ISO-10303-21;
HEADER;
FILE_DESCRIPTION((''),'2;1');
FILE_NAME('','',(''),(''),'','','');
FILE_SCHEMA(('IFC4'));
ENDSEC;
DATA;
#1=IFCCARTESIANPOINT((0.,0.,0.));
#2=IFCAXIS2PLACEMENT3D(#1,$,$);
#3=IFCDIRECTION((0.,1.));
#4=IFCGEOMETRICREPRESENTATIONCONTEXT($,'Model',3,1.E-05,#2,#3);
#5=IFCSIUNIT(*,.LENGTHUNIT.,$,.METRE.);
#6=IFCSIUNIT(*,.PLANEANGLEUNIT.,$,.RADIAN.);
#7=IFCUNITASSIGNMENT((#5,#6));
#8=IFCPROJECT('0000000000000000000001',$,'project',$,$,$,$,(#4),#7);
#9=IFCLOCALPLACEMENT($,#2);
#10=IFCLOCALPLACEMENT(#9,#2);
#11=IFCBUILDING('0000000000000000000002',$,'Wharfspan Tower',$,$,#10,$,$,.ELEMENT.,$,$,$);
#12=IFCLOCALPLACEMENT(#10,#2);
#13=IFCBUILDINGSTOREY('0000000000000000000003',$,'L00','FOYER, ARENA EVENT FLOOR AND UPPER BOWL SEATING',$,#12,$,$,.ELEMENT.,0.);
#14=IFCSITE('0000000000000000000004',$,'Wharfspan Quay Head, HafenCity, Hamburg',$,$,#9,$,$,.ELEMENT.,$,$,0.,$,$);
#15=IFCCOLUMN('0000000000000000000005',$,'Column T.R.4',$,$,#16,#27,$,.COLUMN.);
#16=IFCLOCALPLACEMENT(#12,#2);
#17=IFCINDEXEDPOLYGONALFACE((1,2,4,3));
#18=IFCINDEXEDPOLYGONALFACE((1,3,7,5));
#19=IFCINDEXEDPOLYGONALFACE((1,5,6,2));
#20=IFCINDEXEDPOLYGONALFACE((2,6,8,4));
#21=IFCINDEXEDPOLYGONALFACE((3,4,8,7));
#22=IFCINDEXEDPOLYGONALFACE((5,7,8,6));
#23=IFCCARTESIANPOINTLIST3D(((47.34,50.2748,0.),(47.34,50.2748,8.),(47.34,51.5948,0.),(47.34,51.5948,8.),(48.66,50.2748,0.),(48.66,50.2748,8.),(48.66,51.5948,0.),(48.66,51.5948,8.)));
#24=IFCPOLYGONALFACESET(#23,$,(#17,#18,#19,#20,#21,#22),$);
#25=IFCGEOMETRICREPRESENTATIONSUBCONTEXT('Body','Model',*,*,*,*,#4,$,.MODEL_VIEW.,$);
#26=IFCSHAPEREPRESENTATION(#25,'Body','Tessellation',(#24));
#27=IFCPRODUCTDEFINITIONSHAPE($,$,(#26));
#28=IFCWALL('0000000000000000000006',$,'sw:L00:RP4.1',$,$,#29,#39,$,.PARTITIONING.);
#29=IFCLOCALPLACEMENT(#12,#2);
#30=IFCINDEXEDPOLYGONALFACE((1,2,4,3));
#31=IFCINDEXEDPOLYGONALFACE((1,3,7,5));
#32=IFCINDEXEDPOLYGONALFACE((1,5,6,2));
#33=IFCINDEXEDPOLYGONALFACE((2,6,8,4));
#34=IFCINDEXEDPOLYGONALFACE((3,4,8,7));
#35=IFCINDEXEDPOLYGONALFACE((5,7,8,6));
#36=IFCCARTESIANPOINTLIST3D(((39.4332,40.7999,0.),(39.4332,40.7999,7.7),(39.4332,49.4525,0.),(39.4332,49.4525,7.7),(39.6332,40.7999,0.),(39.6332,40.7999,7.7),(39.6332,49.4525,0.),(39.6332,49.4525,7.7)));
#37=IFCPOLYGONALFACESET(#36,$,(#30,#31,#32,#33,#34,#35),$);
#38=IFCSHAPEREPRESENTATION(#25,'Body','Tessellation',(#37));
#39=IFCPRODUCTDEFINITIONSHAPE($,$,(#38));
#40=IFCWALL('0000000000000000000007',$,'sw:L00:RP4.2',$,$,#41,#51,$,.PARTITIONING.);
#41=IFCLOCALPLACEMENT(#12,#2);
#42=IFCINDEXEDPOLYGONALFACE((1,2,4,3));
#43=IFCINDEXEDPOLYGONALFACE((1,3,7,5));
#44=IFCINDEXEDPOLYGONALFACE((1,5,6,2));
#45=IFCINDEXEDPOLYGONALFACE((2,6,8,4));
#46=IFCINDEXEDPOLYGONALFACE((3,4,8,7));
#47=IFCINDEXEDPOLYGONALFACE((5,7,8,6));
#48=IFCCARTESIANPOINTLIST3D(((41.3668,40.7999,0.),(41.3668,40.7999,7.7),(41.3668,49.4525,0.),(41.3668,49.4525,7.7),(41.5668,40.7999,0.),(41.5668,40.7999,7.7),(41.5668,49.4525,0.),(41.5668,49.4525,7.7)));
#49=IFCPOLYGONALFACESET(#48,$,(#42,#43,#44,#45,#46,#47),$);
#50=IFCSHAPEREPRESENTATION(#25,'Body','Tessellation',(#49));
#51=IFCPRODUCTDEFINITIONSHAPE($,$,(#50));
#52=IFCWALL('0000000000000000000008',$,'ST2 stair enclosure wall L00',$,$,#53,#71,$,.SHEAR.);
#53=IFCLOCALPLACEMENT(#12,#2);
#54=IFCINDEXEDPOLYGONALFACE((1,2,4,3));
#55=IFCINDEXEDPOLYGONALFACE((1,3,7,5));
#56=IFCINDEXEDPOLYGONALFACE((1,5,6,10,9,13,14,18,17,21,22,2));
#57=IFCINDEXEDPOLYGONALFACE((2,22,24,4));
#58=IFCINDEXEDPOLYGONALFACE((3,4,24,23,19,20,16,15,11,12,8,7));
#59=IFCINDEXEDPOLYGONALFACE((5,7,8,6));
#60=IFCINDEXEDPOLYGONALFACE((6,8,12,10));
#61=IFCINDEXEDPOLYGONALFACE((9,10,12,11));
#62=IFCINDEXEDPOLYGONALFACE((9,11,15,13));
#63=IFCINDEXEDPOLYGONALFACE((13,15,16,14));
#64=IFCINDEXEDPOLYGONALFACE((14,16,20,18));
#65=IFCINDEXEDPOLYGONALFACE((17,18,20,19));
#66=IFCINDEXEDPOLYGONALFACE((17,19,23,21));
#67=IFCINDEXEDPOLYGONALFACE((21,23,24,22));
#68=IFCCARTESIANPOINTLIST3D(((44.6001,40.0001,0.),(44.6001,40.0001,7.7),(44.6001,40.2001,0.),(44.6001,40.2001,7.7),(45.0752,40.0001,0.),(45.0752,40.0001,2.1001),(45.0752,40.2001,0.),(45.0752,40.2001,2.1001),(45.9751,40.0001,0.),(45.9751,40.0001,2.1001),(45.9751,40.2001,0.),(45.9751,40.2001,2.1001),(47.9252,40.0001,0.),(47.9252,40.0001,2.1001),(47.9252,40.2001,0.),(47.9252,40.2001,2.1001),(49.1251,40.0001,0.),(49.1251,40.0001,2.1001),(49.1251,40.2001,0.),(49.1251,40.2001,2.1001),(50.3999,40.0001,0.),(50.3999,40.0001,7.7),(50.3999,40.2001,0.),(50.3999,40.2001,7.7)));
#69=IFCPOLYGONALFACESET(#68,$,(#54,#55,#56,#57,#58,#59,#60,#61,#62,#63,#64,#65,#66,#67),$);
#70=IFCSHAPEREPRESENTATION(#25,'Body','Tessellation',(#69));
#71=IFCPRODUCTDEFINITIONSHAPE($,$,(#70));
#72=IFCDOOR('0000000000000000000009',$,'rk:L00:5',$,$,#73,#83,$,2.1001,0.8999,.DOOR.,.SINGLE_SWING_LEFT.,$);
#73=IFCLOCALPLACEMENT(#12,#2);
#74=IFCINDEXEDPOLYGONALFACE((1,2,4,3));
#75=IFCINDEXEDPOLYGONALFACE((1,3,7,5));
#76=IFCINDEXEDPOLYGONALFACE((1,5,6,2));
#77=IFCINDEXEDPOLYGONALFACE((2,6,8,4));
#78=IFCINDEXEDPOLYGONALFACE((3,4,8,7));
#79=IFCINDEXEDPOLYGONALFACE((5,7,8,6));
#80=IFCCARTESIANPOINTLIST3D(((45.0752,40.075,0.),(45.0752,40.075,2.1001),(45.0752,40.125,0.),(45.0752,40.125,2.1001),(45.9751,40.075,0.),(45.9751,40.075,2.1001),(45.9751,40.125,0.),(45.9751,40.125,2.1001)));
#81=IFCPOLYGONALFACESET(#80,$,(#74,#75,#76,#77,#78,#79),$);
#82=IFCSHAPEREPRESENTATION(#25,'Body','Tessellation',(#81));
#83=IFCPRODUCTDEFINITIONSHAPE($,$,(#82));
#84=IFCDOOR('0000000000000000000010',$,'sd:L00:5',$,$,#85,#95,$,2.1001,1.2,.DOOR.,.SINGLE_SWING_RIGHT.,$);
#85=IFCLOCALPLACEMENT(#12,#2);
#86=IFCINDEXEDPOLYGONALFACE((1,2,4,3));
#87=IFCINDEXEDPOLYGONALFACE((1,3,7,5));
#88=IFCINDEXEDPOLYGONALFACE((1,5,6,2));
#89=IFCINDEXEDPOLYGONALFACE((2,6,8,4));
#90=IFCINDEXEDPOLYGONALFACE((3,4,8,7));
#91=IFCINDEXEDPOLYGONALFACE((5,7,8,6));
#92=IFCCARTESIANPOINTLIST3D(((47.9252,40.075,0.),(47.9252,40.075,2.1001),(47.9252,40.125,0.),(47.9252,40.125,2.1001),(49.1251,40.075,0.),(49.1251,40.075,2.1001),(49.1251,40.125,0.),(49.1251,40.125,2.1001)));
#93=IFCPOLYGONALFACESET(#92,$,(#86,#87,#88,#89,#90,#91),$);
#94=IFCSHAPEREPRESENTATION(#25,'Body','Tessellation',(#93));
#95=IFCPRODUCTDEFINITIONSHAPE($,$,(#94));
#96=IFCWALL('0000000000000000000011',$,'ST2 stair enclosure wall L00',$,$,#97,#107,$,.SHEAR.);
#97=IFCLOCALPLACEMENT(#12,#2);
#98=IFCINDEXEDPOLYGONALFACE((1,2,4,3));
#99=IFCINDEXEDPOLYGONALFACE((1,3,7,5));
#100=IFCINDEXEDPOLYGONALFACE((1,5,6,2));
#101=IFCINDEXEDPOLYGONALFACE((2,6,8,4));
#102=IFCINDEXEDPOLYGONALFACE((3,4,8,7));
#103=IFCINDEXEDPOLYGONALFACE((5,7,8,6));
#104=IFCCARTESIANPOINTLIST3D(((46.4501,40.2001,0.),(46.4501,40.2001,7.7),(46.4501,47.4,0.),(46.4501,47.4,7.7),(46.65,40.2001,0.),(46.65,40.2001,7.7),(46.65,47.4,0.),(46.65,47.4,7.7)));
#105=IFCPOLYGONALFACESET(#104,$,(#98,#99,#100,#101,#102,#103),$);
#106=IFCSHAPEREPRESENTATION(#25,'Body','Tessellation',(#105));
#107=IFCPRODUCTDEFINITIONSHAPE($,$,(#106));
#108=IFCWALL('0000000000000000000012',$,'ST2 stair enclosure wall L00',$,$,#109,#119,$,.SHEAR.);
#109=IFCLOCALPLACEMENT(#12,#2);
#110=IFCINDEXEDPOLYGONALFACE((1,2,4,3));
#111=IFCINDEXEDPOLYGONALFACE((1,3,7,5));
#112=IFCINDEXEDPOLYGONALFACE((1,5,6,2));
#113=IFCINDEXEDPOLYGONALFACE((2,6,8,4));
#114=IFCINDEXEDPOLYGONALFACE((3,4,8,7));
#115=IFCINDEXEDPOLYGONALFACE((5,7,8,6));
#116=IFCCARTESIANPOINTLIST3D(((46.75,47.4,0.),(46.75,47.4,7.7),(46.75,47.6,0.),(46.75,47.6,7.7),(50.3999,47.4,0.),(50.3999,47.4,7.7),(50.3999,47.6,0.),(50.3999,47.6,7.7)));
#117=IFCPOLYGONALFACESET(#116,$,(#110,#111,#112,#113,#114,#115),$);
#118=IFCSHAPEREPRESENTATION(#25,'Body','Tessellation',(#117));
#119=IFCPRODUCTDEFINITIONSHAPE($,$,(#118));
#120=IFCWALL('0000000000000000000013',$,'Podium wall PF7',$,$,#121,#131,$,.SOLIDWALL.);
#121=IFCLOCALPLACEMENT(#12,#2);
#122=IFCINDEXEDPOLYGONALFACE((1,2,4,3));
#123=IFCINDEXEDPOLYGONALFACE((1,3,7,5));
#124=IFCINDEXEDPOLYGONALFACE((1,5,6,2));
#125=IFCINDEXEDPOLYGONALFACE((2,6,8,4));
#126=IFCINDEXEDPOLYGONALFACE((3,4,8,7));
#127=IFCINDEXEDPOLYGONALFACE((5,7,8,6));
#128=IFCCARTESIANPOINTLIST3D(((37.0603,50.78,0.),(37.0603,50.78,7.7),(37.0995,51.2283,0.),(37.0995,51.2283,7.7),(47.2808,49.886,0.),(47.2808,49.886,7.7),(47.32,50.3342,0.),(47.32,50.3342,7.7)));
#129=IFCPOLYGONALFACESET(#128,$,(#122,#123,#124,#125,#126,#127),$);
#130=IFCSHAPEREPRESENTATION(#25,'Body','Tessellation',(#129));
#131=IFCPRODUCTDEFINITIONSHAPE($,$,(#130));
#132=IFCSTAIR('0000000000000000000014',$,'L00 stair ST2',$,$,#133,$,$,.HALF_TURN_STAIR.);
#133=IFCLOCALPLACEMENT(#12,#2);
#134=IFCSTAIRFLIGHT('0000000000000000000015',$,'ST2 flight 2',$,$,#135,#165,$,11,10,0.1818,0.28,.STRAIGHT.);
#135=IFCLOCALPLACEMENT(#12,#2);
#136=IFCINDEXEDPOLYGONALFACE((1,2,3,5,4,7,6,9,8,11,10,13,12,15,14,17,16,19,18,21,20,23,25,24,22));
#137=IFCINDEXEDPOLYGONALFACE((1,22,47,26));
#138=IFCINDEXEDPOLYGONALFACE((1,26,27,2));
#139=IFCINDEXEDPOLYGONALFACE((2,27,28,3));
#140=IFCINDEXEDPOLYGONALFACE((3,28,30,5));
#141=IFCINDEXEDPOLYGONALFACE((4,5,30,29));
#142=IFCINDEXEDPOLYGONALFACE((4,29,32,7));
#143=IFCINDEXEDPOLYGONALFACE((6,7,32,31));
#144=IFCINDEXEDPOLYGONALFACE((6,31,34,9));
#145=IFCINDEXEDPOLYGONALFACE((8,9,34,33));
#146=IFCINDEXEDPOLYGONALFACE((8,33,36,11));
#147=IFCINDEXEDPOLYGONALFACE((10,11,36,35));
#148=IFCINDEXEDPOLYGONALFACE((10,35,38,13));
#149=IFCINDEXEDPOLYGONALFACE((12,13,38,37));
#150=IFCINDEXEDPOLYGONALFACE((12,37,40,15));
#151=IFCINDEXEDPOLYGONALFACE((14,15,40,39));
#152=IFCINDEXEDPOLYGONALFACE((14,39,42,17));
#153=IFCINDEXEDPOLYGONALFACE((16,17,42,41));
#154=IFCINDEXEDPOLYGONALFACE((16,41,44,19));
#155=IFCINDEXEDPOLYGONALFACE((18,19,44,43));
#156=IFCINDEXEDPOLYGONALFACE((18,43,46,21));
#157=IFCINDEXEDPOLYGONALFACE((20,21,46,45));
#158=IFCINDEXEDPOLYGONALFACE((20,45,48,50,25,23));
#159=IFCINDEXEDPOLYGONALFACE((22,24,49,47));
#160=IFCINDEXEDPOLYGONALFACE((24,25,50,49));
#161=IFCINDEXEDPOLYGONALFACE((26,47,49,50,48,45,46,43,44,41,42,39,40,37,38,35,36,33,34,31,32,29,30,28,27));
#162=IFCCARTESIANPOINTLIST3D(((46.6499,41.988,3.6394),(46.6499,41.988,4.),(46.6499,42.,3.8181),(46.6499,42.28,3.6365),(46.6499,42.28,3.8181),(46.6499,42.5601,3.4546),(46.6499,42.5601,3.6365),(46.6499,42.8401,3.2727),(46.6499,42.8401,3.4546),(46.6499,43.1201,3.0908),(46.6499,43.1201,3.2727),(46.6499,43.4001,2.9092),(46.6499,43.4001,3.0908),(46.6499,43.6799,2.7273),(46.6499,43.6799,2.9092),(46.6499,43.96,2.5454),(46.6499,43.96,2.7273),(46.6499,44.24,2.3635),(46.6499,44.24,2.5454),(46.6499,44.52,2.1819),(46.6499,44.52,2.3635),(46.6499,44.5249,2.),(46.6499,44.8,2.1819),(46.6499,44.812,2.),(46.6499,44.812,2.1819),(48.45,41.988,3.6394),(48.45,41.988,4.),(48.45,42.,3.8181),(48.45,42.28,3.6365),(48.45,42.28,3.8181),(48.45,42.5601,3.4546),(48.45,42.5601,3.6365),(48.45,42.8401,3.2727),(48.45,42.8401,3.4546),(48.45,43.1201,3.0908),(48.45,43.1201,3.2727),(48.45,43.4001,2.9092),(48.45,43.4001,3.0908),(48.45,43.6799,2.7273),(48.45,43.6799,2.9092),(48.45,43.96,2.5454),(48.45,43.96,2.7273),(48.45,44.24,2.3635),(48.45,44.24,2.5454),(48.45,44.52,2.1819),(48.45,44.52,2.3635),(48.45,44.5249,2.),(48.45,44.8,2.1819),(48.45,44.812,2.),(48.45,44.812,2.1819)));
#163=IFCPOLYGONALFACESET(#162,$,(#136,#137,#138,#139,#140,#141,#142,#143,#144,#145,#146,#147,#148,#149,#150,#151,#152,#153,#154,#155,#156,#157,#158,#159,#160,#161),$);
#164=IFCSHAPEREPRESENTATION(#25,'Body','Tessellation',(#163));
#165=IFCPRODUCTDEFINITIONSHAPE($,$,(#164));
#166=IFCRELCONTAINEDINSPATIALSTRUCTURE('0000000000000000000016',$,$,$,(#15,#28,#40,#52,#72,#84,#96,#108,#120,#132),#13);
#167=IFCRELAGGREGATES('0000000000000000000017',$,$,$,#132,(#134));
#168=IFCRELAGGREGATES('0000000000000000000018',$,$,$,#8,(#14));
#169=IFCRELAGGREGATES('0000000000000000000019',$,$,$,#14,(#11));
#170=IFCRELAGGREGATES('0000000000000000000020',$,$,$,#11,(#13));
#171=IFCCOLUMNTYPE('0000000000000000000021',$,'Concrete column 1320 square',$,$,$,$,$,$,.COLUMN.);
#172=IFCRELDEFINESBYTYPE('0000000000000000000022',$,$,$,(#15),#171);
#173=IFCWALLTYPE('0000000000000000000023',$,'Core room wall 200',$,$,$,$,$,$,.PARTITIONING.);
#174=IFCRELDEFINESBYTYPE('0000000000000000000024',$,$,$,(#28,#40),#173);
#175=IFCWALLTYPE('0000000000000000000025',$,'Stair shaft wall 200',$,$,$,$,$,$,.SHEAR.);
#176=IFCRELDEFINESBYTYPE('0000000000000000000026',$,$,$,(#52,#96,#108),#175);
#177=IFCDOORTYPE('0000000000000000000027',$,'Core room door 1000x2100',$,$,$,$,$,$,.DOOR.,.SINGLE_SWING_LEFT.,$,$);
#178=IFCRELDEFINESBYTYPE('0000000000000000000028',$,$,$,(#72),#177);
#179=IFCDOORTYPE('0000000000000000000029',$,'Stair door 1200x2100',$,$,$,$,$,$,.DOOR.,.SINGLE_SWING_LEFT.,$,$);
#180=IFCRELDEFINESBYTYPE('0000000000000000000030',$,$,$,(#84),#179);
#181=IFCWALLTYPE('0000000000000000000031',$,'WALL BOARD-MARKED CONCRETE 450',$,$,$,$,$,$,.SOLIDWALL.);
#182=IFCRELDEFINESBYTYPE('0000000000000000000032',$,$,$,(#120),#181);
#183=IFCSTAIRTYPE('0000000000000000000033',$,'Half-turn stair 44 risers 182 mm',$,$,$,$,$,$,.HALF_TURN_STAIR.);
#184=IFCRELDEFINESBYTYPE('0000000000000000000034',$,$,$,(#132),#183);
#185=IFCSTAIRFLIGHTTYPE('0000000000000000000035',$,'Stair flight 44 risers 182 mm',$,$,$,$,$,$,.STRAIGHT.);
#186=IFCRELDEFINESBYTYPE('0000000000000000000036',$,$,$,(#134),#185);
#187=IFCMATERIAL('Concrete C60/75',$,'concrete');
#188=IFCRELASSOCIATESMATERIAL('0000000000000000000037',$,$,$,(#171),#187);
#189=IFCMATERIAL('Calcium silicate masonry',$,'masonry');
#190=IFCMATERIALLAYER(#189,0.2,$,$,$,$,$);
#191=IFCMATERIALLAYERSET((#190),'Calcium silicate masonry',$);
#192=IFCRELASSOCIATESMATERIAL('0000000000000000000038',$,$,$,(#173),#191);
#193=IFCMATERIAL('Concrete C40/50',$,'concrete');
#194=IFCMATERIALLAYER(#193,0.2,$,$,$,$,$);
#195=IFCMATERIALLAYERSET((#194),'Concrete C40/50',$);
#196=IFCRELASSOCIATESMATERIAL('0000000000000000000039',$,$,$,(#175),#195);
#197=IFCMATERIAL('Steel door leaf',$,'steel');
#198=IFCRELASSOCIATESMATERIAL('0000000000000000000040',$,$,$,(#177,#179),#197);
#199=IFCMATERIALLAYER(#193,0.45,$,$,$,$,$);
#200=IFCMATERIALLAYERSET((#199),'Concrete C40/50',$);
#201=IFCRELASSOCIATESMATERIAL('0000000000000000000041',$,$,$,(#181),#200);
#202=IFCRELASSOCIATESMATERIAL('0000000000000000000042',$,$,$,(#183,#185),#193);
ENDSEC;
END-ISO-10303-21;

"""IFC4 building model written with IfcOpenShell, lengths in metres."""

from ifc_helpers import new_model, si_unit, direction, frame, frame_2d, origin, origin_2d, place, context, subcontext, project, spatial, polyline, rectangle, outline, extrude, material, layer, layer_set, material_profile, profile_set, type_object, element, fill, aggregate, save


model = new_model("IFC4")

# Units and contexts
model_context = context("Model", 3, precision=1e-05, world=origin(), true_north=direction((0.0, 1.0)))
body_context = subcontext(model_context, "Body", "Model", "MODEL_VIEW")
ifc_project = project(units=[si_unit("LENGTHUNIT", "METRE"), si_unit("PLANEANGLEUNIT", "RADIAN")], contexts=[model_context])

# Site, building, storey
site_placement = place(None, origin())
site = spatial("IfcSite", under=ifc_project, at=site_placement, Name="Wharfspan Quay Head, HafenCity, Hamburg", CompositionType="ELEMENT", RefElevation=0.0)
building_placement = place(site_placement, origin())
building = spatial("IfcBuilding", under=site, at=building_placement, Name="Wharfspan Tower", CompositionType="ELEMENT")
storey_placement = place(building_placement, origin())
storey = spatial("IfcBuildingStorey", under=building, at=storey_placement, Name="L00", Description="FOYER, ARENA EVENT FLOOR AND UPPER BOWL SEATING", CompositionType="ELEMENT", Elevation=0.0)

# Column
ifc_material_1 = material(Name="Concrete C60/75", Category="concrete")
ifc_material_profile = material_profile(ifc_material_1, rectangle(XDim=1.3201, YDim=1.3201, at=origin_2d()))
ifc_profile_set = profile_set([ifc_material_profile], Name="Concrete C60/75")
column_type = type_object("IfcColumnType", Name="Concrete column 1320 square", PredefinedType="COLUMN", material=ifc_profile_set)
column_placement = place(storey_placement, frame((48.0, 50.9348, 0.0), z_axis=(0.0, 0.0, 1.0), x_axis=(1.0, 0.0, 0.0)))
element("IfcColumn", 1, at=column_placement, inside=storey, type_object=column_type, Name="Column T.R.4", PredefinedType="COLUMN", context=body_context, shape_type="SweptSolid", body=[
    extrude(rectangle(XDim=1.3201, YDim=1.3201, at=origin_2d()), origin(), (0.0, 0.0, 1.0), 8.0),
])

# Walls
ifc_material_2 = material(Name="Calcium silicate masonry", Category="masonry")
ifc_layer_1 = layer(ifc_material_2, 0.2)
ifc_layer_set_1 = layer_set([ifc_layer_1], Name="Calcium silicate masonry")
wall_type_1 = type_object("IfcWallType", Name="Core room wall 200", PredefinedType="PARTITIONING", material=ifc_layer_set_1)
for number, where, z_axis, x_axis, name in (
    (2, (39.5332, 40.8, 0.0), (0.0, 0.0, 1.0), (0.0, 1.0, 0.0), "sw:L00:RP4.1"),
    (3, (41.4668, 40.8, 0.0), (0.0, 0.0, 1.0), (0.0, 1.0, 0.0), "sw:L00:RP4.2"),
):
    element("IfcWall", number, at=place(storey_placement, frame(where, z_axis=z_axis, x_axis=x_axis)), inside=storey, type_object=wall_type_1, Name=name, PredefinedType="PARTITIONING", context=body_context, shape_type="SweptSolid", body=[
        extrude(rectangle(XDim=8.6526, YDim=0.2, at=frame_2d((4.3262, 0.0))), origin(), (0.0, 0.0, 1.0), 7.7),
    ])

# Wall, openings, doors
ifc_material_3 = material(Name="Concrete C40/50", Category="concrete")
ifc_layer_2 = layer(ifc_material_3, 0.2)
ifc_layer_set_2 = layer_set([ifc_layer_2], Name="Concrete C40/50")
wall_type_2 = type_object("IfcWallType", Name="Stair shaft wall 200", PredefinedType="SHEAR", material=ifc_layer_set_2)
wall_1_placement = place(storey_placement, frame((44.6001, 40.1001, 0.0), z_axis=(0.0, 0.0, 1.0), x_axis=(1.0, 0.0, 0.0)))
wall_1 = element("IfcWall", 4, at=wall_1_placement, inside=storey, type_object=wall_type_2, Name="ST2 stair enclosure wall L00", PredefinedType="SHEAR", context=body_context, shape_type="SweptSolid", body=[
    extrude(rectangle(XDim=5.7998, YDim=0.2, at=frame_2d((2.8999, 0.0))), origin(), (0.0, 0.0, 1.0), 7.7),
])
opening_1_placement = place(wall_1_placement, frame((3.325, 0.0, 0.0)))
opening_1 = element("IfcOpeningElement", 5, at=opening_1_placement, cuts=wall_1, PredefinedType="OPENING", context=body_context, shape_type="SweptSolid", body=[
    extrude(rectangle(XDim=1.2, YDim=2.1001, at=frame_2d((0.6001, 1.05))), frame((0.0, 0.1099, 0.0), z_axis=(0.0, -1.0, 0.0), x_axis=(1.0, 0.0, 0.0)), (0.0, 0.0, 1.0), 0.22),
])
opening_2_placement = place(wall_1_placement, frame((0.4751, 0.0, 0.0)))
opening_2 = element("IfcOpeningElement", 6, at=opening_2_placement, cuts=wall_1, PredefinedType="OPENING", context=body_context, shape_type="SweptSolid", body=[
    extrude(rectangle(XDim=0.8999, YDim=2.1001, at=frame_2d((0.45, 1.05))), frame((0.0, 0.1099, 0.0), z_axis=(0.0, -1.0, 0.0), x_axis=(1.0, 0.0, 0.0)), (0.0, 0.0, 1.0), 0.22),
])
ifc_material_4 = material(Name="Steel door leaf", Category="steel")
door_type_1 = type_object("IfcDoorType", Name="Core room door 1000x2100", OperationType="SINGLE_SWING_LEFT", PredefinedType="DOOR", material=ifc_material_4)
door_1_placement = place(opening_2_placement, origin())
door_1 = element("IfcDoor", 7, at=door_1_placement, inside=storey, type_object=door_type_1, Name="rk:L00:5", OperationType="SINGLE_SWING_LEFT", OverallHeight=2.1001, OverallWidth=0.8999, PredefinedType="DOOR", context=body_context, shape_type="SweptSolid", body=[
    extrude(rectangle(XDim=0.8999, YDim=2.1001, at=frame_2d((0.45, 1.05))), frame((0.0, 0.0249, 0.0), z_axis=(0.0, -1.0, 0.0), x_axis=(1.0, 0.0, 0.0)), (0.0, 0.0, 1.0), 0.05),
])
fill(opening_2, door_1)
door_type_2 = type_object("IfcDoorType", Name="Stair door 1200x2100", OperationType="SINGLE_SWING_LEFT", PredefinedType="DOOR", material=ifc_material_4)
door_2_placement = place(opening_1_placement, origin())
door_2 = element("IfcDoor", 8, at=door_2_placement, inside=storey, type_object=door_type_2, Name="sd:L00:5", OperationType="SINGLE_SWING_RIGHT", OverallHeight=2.1001, OverallWidth=1.2, PredefinedType="DOOR", context=body_context, shape_type="SweptSolid", body=[
    extrude(rectangle(XDim=1.2, YDim=2.1001, at=frame_2d((0.6001, 1.05))), frame((0.0, 0.0249, 0.0), z_axis=(0.0, -1.0, 0.0), x_axis=(1.0, 0.0, 0.0)), (0.0, 0.0, 1.0), 0.05),
])
fill(opening_1, door_2)

# Walls
wall_2_placement = place(storey_placement, frame((46.55, 40.2, 0.0), z_axis=(0.0, 0.0, 1.0), x_axis=(0.0, 1.0, 0.0)))
element("IfcWall", 9, at=wall_2_placement, inside=storey, type_object=wall_type_2, Name="ST2 stair enclosure wall L00", PredefinedType="SHEAR", context=body_context, shape_type="SweptSolid", body=[
    extrude(rectangle(XDim=7.2, YDim=0.2, at=frame_2d((3.6001, 0.0))), origin(), (0.0, 0.0, 1.0), 7.7),
])
wall_3_placement = place(storey_placement, frame((46.75, 47.5, 0.0), z_axis=(0.0, 0.0, 1.0), x_axis=(1.0, 0.0, 0.0)))
element("IfcWall", 10, at=wall_3_placement, inside=storey, type_object=wall_type_2, Name="ST2 stair enclosure wall L00", PredefinedType="SHEAR", context=body_context, shape_type="SweptSolid", body=[
    extrude(rectangle(XDim=3.6499, YDim=0.2, at=frame_2d((1.825, 0.0))), origin(), (0.0, 0.0, 1.0), 7.7),
])
ifc_layer_3 = layer(ifc_material_3, 0.45)
ifc_layer_set_3 = layer_set([ifc_layer_3], Name="Concrete C40/50")
wall_type_3 = type_object("IfcWallType", Name="WALL BOARD-MARKED CONCRETE 450", PredefinedType="SOLIDWALL", material=ifc_layer_set_3)
wall_4_placement = place(storey_placement, frame((47.3005, 50.1101, 0.0), z_axis=(0.0, 0.0, 1.0), x_axis=(-0.996195, 0.087143, 0.0)))
element("IfcWall", 11, at=wall_4_placement, inside=storey, type_object=wall_type_3, Name="Podium wall PF7", PredefinedType="SOLIDWALL", context=body_context, shape_type="SweptSolid", body=[
    extrude(rectangle(XDim=10.2595, YDim=0.45, at=frame_2d((5.1299, 0.0))), origin(), (0.0, 0.0, 1.0), 7.7),
])

# Stair, stair flight
stair_type = type_object("IfcStairType", Name="Half-turn stair 44 risers 182 mm", PredefinedType="HALF_TURN_STAIR", material=ifc_material_3)
stair_placement = place(storey_placement, origin())
stair = element("IfcStair", 12, at=stair_placement, inside=storey, type_object=stair_type, Name="L00 stair ST2", PredefinedType="HALF_TURN_STAIR")
stair_flight_type = type_object("IfcStairFlightType", Name="Stair flight 44 risers 182 mm", PredefinedType="STRAIGHT", material=ifc_material_3)
stair_flight_1_placement = place(storey_placement, frame((47.55, 44.8, 2.0), z_axis=(0.0, 0.0, 1.0), x_axis=(0.0, -1.0, 0.0)))
stair_flight_1 = element("IfcStairFlight", 13, at=stair_flight_1_placement, type_object=stair_flight_type, Name="ST2 flight 2", NumberOfRisers=11, NumberOfTreads=10, PredefinedType="STRAIGHT", RiserHeight=0.1818, TreadLength=0.28, context=body_context, shape_type="SweptSolid", body=[
    extrude(outline(polyline([(-0.012, 0.0), (-0.012, 0.1819), (0.0, 0.1819), (0.28, 0.1819), (0.28, 0.3635), (0.5601, 0.3635), (0.5601, 0.5454), (0.8401, 0.5454), (0.8401, 0.7273), (1.1201, 0.7273), (1.1201, 0.9092), (1.3999, 0.9092), (1.3999, 1.0908), (1.6799, 1.0908), (1.6799, 1.2727), (1.96, 1.2727), (1.96, 1.4546), (2.24, 1.4546), (2.24, 1.6365), (2.52, 1.6365), (2.52, 1.8181), (2.8, 1.8181), (2.812, 2.0), (2.812, 1.6394), (0.2751, 0.0), (-0.012, 0.0)])), frame((0.0, 0.8999, 0.0), z_axis=(0.0, -1.0, 0.0), x_axis=(1.0, 0.0, 0.0)), (0.0, 0.0, 1.0), 1.8),
])
aggregate(stair, [stair_flight_1])

save(model, "model.ifc")
